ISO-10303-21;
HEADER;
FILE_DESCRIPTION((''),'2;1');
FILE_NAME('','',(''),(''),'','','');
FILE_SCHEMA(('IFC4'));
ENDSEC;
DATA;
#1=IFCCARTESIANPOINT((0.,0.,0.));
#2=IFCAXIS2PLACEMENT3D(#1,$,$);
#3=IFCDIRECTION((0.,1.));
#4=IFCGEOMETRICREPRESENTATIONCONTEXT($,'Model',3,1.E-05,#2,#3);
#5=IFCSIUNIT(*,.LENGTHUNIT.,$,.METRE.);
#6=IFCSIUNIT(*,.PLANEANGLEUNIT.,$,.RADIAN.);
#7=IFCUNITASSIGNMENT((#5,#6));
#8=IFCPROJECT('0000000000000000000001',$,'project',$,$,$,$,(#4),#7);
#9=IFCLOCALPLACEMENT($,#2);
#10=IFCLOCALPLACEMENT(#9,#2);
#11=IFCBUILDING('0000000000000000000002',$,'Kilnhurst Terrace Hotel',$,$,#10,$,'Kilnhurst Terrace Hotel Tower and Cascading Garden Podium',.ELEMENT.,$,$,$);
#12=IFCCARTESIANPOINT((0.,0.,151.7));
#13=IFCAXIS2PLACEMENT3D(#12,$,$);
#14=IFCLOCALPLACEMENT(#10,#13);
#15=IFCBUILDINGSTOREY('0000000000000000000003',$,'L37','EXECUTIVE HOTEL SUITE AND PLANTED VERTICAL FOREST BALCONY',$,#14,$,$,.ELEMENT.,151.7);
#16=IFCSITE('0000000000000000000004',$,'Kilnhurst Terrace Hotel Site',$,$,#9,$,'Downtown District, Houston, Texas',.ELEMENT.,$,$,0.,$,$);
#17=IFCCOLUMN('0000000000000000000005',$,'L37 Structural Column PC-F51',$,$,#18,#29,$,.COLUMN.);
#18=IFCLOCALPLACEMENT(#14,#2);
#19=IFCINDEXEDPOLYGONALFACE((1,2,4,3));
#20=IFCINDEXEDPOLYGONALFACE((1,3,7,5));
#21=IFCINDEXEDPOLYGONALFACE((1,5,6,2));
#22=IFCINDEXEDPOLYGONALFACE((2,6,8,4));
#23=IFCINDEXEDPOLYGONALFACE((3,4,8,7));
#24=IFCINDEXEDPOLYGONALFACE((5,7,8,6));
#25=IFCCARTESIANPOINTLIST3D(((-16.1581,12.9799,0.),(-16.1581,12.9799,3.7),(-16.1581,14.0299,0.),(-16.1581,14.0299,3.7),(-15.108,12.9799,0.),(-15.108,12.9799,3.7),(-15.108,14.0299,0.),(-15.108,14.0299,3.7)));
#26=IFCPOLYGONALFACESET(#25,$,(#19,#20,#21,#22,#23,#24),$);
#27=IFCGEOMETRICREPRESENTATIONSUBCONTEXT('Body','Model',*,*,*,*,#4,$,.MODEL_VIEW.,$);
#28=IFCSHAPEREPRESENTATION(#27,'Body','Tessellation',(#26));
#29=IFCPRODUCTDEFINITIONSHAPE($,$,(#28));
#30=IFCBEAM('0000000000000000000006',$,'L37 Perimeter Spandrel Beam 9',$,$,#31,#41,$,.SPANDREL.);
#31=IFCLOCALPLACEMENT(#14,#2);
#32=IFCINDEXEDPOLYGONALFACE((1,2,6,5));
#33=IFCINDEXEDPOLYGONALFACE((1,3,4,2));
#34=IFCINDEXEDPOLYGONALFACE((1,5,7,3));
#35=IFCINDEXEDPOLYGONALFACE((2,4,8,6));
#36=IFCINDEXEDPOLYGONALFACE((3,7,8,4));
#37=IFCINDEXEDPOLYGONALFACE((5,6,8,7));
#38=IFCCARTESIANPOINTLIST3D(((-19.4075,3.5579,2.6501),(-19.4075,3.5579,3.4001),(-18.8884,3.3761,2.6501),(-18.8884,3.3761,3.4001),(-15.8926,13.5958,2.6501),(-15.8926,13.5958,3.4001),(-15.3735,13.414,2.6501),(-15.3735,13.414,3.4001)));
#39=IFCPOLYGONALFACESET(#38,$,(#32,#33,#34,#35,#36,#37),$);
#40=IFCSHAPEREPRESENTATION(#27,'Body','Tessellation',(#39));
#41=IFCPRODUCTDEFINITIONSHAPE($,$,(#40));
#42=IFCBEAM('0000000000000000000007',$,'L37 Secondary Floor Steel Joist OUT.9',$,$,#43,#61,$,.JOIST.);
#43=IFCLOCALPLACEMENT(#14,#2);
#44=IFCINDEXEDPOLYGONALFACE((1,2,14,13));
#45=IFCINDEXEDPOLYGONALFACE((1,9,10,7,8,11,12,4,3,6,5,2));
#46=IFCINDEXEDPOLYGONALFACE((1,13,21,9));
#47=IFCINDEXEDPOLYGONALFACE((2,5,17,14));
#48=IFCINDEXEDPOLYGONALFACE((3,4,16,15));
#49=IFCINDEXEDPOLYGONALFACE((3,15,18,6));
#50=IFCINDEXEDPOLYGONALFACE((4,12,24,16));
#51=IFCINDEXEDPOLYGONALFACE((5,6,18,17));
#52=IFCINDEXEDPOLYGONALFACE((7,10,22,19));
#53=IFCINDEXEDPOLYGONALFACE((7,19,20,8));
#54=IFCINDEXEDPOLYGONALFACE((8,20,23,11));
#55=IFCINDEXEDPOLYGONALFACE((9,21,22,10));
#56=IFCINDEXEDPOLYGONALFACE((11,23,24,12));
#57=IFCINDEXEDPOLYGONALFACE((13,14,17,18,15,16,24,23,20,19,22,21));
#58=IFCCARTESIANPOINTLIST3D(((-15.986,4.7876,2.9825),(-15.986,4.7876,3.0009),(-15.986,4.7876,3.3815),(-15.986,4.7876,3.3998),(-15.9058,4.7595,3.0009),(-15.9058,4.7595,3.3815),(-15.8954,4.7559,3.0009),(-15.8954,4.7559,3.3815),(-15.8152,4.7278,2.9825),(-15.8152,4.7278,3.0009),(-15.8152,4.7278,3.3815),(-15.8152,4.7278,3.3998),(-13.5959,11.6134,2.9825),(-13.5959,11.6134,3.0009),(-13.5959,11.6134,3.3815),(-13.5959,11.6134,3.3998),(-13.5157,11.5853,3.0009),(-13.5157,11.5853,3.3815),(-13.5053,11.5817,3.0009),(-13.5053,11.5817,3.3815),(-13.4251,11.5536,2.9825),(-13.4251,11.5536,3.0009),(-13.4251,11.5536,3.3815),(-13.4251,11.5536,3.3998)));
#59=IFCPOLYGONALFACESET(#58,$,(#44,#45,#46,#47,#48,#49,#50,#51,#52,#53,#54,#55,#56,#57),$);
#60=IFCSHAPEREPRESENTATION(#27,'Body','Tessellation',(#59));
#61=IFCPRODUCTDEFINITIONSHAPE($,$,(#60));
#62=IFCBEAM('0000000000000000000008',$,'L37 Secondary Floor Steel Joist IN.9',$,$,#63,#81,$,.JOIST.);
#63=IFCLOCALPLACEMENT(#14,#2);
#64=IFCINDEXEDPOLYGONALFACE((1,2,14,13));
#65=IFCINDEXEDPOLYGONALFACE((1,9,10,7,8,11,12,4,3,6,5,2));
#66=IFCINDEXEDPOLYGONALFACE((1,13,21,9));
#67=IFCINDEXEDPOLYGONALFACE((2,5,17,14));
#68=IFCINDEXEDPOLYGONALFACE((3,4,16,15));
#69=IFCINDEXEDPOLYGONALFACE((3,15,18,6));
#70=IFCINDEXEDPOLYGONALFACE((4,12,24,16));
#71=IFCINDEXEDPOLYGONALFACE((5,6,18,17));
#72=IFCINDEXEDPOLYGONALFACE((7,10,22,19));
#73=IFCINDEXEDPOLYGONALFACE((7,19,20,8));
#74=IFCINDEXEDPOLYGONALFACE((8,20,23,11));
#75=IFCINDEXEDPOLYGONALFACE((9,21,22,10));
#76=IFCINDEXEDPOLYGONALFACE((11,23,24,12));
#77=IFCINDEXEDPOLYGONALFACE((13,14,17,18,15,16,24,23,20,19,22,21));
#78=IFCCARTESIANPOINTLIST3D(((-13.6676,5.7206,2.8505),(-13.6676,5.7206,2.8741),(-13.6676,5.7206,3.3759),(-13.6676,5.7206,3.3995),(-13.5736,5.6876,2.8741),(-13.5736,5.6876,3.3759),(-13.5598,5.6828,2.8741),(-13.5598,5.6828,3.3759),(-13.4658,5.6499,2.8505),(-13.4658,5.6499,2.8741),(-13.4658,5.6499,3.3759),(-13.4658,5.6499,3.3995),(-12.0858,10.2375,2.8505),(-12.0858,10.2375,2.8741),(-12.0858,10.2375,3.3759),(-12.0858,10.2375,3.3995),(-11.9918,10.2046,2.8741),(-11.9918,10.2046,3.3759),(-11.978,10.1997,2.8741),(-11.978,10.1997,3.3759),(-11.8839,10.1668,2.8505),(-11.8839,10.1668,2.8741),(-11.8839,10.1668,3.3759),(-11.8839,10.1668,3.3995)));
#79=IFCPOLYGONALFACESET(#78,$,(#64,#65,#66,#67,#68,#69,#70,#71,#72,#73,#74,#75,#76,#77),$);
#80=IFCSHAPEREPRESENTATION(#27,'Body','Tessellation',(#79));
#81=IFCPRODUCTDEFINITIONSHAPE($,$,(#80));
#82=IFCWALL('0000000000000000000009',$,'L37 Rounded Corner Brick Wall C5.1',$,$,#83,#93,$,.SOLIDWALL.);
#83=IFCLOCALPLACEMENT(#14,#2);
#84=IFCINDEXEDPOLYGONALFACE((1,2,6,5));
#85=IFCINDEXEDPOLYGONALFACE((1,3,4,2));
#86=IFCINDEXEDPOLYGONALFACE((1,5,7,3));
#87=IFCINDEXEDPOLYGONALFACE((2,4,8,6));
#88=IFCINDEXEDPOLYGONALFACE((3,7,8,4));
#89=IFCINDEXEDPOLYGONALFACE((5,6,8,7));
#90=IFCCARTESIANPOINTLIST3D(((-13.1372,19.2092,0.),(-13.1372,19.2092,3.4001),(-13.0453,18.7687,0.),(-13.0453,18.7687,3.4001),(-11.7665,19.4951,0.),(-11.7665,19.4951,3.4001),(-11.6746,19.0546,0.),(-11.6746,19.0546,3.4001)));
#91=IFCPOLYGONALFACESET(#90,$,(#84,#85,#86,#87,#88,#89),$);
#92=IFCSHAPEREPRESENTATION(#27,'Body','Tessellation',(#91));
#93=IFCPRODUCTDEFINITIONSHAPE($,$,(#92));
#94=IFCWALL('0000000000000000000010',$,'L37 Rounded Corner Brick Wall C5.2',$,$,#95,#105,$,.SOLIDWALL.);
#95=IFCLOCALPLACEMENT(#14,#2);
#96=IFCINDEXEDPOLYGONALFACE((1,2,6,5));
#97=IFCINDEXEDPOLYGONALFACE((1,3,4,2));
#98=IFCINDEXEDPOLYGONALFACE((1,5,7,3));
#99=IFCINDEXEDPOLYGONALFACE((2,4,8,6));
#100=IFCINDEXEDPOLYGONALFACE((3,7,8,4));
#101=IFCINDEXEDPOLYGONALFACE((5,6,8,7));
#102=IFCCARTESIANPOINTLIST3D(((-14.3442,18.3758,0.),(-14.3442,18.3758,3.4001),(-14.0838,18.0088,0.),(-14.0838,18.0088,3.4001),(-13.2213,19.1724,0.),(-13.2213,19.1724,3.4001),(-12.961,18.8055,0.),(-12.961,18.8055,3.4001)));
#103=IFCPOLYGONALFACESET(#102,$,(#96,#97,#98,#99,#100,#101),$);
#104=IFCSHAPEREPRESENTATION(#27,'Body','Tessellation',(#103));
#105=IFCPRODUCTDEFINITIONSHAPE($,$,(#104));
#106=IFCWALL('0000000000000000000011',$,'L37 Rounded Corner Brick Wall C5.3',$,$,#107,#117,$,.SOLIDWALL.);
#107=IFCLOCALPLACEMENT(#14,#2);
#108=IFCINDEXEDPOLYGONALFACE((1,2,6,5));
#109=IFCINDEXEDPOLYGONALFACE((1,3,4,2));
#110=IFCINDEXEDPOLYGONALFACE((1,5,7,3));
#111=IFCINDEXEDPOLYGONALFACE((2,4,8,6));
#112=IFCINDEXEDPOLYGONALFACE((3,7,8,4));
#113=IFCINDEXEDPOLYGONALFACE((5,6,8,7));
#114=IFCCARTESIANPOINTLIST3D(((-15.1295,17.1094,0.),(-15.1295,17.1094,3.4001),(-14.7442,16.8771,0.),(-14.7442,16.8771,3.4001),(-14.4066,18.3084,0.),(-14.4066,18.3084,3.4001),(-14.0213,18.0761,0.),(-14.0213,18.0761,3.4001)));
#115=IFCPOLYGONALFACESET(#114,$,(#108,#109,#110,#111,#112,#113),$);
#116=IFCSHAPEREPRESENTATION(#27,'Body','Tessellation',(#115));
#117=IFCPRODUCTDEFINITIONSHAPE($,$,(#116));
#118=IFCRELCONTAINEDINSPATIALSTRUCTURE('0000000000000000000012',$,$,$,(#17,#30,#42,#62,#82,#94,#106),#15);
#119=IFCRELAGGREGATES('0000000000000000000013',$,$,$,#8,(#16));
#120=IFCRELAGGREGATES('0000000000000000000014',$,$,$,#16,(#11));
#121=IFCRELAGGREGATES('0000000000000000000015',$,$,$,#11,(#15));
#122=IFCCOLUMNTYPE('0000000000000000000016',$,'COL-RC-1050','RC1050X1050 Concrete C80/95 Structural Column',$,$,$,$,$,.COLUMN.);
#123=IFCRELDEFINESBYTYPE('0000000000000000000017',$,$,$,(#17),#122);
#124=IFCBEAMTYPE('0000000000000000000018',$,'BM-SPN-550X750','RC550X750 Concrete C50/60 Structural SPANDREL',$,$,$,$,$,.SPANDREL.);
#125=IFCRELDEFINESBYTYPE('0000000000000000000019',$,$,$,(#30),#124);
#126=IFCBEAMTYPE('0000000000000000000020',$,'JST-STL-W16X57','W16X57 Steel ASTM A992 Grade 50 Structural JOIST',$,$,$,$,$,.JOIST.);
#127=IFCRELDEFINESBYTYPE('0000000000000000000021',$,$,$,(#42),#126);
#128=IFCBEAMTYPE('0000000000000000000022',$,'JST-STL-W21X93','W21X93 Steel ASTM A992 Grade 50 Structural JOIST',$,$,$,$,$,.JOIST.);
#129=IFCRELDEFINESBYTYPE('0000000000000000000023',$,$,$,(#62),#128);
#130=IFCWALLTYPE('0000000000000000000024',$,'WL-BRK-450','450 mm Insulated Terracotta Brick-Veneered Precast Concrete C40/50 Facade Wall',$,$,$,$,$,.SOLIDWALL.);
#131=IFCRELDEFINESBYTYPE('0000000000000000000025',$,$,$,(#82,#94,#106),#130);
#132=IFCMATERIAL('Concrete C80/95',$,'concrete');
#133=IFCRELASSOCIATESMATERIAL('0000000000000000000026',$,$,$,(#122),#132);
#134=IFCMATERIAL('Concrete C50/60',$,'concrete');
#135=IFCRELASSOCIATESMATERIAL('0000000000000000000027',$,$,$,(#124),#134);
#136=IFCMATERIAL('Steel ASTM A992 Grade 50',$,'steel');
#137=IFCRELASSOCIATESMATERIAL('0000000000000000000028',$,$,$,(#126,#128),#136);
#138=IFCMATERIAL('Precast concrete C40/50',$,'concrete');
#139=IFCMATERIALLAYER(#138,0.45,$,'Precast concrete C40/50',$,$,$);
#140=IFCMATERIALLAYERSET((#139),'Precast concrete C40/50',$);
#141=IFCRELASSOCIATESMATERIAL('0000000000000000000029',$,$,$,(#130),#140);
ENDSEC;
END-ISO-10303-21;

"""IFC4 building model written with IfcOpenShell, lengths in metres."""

from ifc_helpers import new_model, si_unit, direction, frame, frame_2d, origin, origin_2d, place, context, subcontext, project, spatial, rectangle, i_section, extrude, material, layer, layer_set, material_profile, profile_set, type_object, element, save


model = new_model("IFC4")

# Units and contexts
model_context = context("Model", 3, precision=1e-05, world=origin(), true_north=direction((0.0, 1.0)))
body_context = subcontext(model_context, "Body", "Model", "MODEL_VIEW")
ifc_project = project(units=[si_unit("LENGTHUNIT", "METRE"), si_unit("PLANEANGLEUNIT", "RADIAN")], contexts=[model_context])

# Site, building, storey
site_placement = place(None, origin())
site = spatial("IfcSite", under=ifc_project, at=site_placement, Name="Kilnhurst Terrace Hotel Site", LongName="Downtown District, Houston, Texas", CompositionType="ELEMENT", RefElevation=0.0)
building_placement = place(site_placement, origin())
building = spatial("IfcBuilding", under=site, at=building_placement, Name="Kilnhurst Terrace Hotel", LongName="Kilnhurst Terrace Hotel Tower and Cascading Garden Podium", CompositionType="ELEMENT")
storey_placement = place(building_placement, frame((0.0, 0.0, 151.7)))
storey = spatial("IfcBuildingStorey", under=building, at=storey_placement, Name="L37", Description="EXECUTIVE HOTEL SUITE AND PLANTED VERTICAL FOREST BALCONY", CompositionType="ELEMENT", Elevation=151.7)

# Column
ifc_material_1 = material(Name="Concrete C80/95", Category="concrete")
ifc_material_profile_1 = material_profile(ifc_material_1, rectangle(XDim=1.05, YDim=1.05, at=origin_2d()), Name="RC1050X1050")
ifc_profile_set_1 = profile_set([ifc_material_profile_1], Name="Concrete C80/95")
column_type = type_object("IfcColumnType", Name="COL-RC-1050", Description="RC1050X1050 Concrete C80/95 Structural Column", PredefinedType="COLUMN", material=ifc_profile_set_1)
column_placement = place(storey_placement, frame((-15.6331, 13.5049, 0.0), z_axis=(0.0, 0.0, 1.0), x_axis=(1.0, 0.0, 0.0)))
element("IfcColumn", 1, at=column_placement, inside=storey, type_object=column_type, Name="L37 Structural Column PC-F51", PredefinedType="COLUMN", context=body_context, shape_type="SweptSolid", body=[
    extrude(rectangle(XDim=1.05, YDim=1.05, at=origin_2d()), origin(), (0.0, 0.0, 1.0), 3.7),
])

# Beams
ifc_material_2 = material(Name="Concrete C50/60", Category="concrete")
ifc_material_profile_2 = material_profile(ifc_material_2, rectangle(XDim=0.55, YDim=0.75, at=origin_2d()), Name="RC550X750")
ifc_profile_set_2 = profile_set([ifc_material_profile_2], Name="Concrete C50/60")
beam_type_1 = type_object("IfcBeamType", Name="BM-SPN-550X750", Description="RC550X750 Concrete C50/60 Structural SPANDREL", PredefinedType="SPANDREL", material=ifc_profile_set_2)
beam_1_placement = place(storey_placement, frame((-15.6331, 13.5049, 3.0251), z_axis=(-0.330488, -0.94381, 0.0), x_axis=(0.94381, -0.330488, 0.0)))
element("IfcBeam", 2, at=beam_1_placement, inside=storey, type_object=beam_type_1, Name="L37 Perimeter Spandrel Beam 9", PredefinedType="SPANDREL", context=body_context, shape_type="SweptSolid", body=[
    extrude(rectangle(XDim=0.55, YDim=0.75, at=origin_2d()), origin(), (0.0, 0.0, 1.0), 10.6355),
])
ifc_material_3 = material(Name="Steel ASTM A992 Grade 50", Category="steel")
ifc_material_profile_3 = material_profile(ifc_material_3, i_section(OverallWidth=0.1809, OverallDepth=0.4172, WebThickness=0.011, FlangeThickness=0.0183, at=origin_2d()), Name="W16X57")
ifc_profile_set_3 = profile_set([ifc_material_profile_3], Name="Steel ASTM A992 Grade 50")
beam_type_2 = type_object("IfcBeamType", Name="JST-STL-W16X57", Description="W16X57 Steel ASTM A992 Grade 50 Structural JOIST", PredefinedType="JOIST", material=ifc_profile_set_3)
beam_2_placement = place(storey_placement, frame((-13.5105, 11.5835, 3.1912), z_axis=(-0.330481, -0.943813, 0.0), x_axis=(0.943813, -0.330481, 0.0)))
element("IfcBeam", 3, at=beam_2_placement, inside=storey, type_object=beam_type_2, Name="L37 Secondary Floor Steel Joist OUT.9", PredefinedType="JOIST", context=body_context, shape_type="SweptSolid", body=[
    extrude(i_section(OverallWidth=0.1809, OverallDepth=0.4172, WebThickness=0.011, FlangeThickness=0.0183, at=origin_2d()), origin(), (0.0, 0.0, 1.0), 7.2322),
])
ifc_material_profile_4 = material_profile(ifc_material_3, i_section(OverallWidth=0.2139, OverallDepth=0.5491, WebThickness=0.0146, FlangeThickness=0.0237, at=origin_2d()), Name="W21X93")
ifc_profile_set_4 = profile_set([ifc_material_profile_4], Name="Steel ASTM A992 Grade 50")
beam_type_3 = type_object("IfcBeamType", Name="JST-STL-W21X93", Description="W21X93 Steel ASTM A992 Grade 50 Structural JOIST", PredefinedType="JOIST", material=ifc_profile_set_4)
beam_3_placement = place(storey_placement, frame((-11.9849, 10.2021, 3.125), z_axis=(-0.330516, -0.9438, 0.0), x_axis=(0.9438, -0.330516, 0.0)))
element("IfcBeam", 4, at=beam_3_placement, inside=storey, type_object=beam_type_3, Name="L37 Secondary Floor Steel Joist IN.9", PredefinedType="JOIST", context=body_context, shape_type="SweptSolid", body=[
    extrude(i_section(OverallWidth=0.2139, OverallDepth=0.5491, WebThickness=0.0146, FlangeThickness=0.0237, at=origin_2d()), origin(), (0.0, 0.0, 1.0), 4.7859),
])

# Walls
ifc_material_4 = material(Name="Precast concrete C40/50", Category="concrete")
ifc_layer_1 = layer(ifc_material_4, 0.45, Name="Precast concrete C40/50")
ifc_layer_set_1 = layer_set([ifc_layer_1], Name="Precast concrete C40/50")
wall_type_1 = type_object("IfcWallType", Name="WL-BRK-450", Description="450 mm Insulated Terracotta Brick-Veneered Precast Concrete C40/50 Facade Wall", PredefinedType="SOLIDWALL", material=ifc_layer_set_1)
wall_1_placement = place(storey_placement, frame((-11.7205, 19.2749, 0.0), z_axis=(0.0, 0.0, 1.0), x_axis=(-0.978931, -0.204191, 0.0)))
element("IfcWall", 5, at=wall_1_placement, inside=storey, type_object=wall_type_1, Name="L37 Rounded Corner Brick Wall C5.1", PredefinedType="SOLIDWALL", context=body_context, shape_type="SweptSolid", body=[
    extrude(rectangle(XDim=1.4001, YDim=0.45, at=frame_2d((0.7002, 0.0))), origin(), (0.0, 0.0, 1.0), 3.4001),
])
wall_2_placement = place(storey_placement, frame((-13.0911, 18.989, 0.0), z_axis=(0.0, 0.0, 1.0), x_axis=(-0.815575, -0.578652, 0.0)))
element("IfcWall", 6, at=wall_2_placement, inside=storey, type_object=wall_type_1, Name="L37 Rounded Corner Brick Wall C5.2", PredefinedType="SOLIDWALL", context=body_context, shape_type="SweptSolid", body=[
    extrude(rectangle(XDim=1.3767, YDim=0.45, at=frame_2d((0.6885, 0.0))), origin(), (0.0, 0.0, 1.0), 3.4001),
])
wall_3_placement = place(storey_placement, frame((-14.2139, 18.1924, 0.0), z_axis=(0.0, 0.0, 1.0), x_axis=(-0.516341, -0.856383, 0.0)))
element("IfcWall", 7, at=wall_3_placement, inside=storey, type_object=wall_type_1, Name="L37 Rounded Corner Brick Wall C5.3", PredefinedType="SOLIDWALL", context=body_context, shape_type="SweptSolid", body=[
    extrude(rectangle(XDim=1.4001, YDim=0.45, at=frame_2d((0.7002, 0.0))), origin(), (0.0, 0.0, 1.0), 3.4001),
])

save(model, "model.ifc")
